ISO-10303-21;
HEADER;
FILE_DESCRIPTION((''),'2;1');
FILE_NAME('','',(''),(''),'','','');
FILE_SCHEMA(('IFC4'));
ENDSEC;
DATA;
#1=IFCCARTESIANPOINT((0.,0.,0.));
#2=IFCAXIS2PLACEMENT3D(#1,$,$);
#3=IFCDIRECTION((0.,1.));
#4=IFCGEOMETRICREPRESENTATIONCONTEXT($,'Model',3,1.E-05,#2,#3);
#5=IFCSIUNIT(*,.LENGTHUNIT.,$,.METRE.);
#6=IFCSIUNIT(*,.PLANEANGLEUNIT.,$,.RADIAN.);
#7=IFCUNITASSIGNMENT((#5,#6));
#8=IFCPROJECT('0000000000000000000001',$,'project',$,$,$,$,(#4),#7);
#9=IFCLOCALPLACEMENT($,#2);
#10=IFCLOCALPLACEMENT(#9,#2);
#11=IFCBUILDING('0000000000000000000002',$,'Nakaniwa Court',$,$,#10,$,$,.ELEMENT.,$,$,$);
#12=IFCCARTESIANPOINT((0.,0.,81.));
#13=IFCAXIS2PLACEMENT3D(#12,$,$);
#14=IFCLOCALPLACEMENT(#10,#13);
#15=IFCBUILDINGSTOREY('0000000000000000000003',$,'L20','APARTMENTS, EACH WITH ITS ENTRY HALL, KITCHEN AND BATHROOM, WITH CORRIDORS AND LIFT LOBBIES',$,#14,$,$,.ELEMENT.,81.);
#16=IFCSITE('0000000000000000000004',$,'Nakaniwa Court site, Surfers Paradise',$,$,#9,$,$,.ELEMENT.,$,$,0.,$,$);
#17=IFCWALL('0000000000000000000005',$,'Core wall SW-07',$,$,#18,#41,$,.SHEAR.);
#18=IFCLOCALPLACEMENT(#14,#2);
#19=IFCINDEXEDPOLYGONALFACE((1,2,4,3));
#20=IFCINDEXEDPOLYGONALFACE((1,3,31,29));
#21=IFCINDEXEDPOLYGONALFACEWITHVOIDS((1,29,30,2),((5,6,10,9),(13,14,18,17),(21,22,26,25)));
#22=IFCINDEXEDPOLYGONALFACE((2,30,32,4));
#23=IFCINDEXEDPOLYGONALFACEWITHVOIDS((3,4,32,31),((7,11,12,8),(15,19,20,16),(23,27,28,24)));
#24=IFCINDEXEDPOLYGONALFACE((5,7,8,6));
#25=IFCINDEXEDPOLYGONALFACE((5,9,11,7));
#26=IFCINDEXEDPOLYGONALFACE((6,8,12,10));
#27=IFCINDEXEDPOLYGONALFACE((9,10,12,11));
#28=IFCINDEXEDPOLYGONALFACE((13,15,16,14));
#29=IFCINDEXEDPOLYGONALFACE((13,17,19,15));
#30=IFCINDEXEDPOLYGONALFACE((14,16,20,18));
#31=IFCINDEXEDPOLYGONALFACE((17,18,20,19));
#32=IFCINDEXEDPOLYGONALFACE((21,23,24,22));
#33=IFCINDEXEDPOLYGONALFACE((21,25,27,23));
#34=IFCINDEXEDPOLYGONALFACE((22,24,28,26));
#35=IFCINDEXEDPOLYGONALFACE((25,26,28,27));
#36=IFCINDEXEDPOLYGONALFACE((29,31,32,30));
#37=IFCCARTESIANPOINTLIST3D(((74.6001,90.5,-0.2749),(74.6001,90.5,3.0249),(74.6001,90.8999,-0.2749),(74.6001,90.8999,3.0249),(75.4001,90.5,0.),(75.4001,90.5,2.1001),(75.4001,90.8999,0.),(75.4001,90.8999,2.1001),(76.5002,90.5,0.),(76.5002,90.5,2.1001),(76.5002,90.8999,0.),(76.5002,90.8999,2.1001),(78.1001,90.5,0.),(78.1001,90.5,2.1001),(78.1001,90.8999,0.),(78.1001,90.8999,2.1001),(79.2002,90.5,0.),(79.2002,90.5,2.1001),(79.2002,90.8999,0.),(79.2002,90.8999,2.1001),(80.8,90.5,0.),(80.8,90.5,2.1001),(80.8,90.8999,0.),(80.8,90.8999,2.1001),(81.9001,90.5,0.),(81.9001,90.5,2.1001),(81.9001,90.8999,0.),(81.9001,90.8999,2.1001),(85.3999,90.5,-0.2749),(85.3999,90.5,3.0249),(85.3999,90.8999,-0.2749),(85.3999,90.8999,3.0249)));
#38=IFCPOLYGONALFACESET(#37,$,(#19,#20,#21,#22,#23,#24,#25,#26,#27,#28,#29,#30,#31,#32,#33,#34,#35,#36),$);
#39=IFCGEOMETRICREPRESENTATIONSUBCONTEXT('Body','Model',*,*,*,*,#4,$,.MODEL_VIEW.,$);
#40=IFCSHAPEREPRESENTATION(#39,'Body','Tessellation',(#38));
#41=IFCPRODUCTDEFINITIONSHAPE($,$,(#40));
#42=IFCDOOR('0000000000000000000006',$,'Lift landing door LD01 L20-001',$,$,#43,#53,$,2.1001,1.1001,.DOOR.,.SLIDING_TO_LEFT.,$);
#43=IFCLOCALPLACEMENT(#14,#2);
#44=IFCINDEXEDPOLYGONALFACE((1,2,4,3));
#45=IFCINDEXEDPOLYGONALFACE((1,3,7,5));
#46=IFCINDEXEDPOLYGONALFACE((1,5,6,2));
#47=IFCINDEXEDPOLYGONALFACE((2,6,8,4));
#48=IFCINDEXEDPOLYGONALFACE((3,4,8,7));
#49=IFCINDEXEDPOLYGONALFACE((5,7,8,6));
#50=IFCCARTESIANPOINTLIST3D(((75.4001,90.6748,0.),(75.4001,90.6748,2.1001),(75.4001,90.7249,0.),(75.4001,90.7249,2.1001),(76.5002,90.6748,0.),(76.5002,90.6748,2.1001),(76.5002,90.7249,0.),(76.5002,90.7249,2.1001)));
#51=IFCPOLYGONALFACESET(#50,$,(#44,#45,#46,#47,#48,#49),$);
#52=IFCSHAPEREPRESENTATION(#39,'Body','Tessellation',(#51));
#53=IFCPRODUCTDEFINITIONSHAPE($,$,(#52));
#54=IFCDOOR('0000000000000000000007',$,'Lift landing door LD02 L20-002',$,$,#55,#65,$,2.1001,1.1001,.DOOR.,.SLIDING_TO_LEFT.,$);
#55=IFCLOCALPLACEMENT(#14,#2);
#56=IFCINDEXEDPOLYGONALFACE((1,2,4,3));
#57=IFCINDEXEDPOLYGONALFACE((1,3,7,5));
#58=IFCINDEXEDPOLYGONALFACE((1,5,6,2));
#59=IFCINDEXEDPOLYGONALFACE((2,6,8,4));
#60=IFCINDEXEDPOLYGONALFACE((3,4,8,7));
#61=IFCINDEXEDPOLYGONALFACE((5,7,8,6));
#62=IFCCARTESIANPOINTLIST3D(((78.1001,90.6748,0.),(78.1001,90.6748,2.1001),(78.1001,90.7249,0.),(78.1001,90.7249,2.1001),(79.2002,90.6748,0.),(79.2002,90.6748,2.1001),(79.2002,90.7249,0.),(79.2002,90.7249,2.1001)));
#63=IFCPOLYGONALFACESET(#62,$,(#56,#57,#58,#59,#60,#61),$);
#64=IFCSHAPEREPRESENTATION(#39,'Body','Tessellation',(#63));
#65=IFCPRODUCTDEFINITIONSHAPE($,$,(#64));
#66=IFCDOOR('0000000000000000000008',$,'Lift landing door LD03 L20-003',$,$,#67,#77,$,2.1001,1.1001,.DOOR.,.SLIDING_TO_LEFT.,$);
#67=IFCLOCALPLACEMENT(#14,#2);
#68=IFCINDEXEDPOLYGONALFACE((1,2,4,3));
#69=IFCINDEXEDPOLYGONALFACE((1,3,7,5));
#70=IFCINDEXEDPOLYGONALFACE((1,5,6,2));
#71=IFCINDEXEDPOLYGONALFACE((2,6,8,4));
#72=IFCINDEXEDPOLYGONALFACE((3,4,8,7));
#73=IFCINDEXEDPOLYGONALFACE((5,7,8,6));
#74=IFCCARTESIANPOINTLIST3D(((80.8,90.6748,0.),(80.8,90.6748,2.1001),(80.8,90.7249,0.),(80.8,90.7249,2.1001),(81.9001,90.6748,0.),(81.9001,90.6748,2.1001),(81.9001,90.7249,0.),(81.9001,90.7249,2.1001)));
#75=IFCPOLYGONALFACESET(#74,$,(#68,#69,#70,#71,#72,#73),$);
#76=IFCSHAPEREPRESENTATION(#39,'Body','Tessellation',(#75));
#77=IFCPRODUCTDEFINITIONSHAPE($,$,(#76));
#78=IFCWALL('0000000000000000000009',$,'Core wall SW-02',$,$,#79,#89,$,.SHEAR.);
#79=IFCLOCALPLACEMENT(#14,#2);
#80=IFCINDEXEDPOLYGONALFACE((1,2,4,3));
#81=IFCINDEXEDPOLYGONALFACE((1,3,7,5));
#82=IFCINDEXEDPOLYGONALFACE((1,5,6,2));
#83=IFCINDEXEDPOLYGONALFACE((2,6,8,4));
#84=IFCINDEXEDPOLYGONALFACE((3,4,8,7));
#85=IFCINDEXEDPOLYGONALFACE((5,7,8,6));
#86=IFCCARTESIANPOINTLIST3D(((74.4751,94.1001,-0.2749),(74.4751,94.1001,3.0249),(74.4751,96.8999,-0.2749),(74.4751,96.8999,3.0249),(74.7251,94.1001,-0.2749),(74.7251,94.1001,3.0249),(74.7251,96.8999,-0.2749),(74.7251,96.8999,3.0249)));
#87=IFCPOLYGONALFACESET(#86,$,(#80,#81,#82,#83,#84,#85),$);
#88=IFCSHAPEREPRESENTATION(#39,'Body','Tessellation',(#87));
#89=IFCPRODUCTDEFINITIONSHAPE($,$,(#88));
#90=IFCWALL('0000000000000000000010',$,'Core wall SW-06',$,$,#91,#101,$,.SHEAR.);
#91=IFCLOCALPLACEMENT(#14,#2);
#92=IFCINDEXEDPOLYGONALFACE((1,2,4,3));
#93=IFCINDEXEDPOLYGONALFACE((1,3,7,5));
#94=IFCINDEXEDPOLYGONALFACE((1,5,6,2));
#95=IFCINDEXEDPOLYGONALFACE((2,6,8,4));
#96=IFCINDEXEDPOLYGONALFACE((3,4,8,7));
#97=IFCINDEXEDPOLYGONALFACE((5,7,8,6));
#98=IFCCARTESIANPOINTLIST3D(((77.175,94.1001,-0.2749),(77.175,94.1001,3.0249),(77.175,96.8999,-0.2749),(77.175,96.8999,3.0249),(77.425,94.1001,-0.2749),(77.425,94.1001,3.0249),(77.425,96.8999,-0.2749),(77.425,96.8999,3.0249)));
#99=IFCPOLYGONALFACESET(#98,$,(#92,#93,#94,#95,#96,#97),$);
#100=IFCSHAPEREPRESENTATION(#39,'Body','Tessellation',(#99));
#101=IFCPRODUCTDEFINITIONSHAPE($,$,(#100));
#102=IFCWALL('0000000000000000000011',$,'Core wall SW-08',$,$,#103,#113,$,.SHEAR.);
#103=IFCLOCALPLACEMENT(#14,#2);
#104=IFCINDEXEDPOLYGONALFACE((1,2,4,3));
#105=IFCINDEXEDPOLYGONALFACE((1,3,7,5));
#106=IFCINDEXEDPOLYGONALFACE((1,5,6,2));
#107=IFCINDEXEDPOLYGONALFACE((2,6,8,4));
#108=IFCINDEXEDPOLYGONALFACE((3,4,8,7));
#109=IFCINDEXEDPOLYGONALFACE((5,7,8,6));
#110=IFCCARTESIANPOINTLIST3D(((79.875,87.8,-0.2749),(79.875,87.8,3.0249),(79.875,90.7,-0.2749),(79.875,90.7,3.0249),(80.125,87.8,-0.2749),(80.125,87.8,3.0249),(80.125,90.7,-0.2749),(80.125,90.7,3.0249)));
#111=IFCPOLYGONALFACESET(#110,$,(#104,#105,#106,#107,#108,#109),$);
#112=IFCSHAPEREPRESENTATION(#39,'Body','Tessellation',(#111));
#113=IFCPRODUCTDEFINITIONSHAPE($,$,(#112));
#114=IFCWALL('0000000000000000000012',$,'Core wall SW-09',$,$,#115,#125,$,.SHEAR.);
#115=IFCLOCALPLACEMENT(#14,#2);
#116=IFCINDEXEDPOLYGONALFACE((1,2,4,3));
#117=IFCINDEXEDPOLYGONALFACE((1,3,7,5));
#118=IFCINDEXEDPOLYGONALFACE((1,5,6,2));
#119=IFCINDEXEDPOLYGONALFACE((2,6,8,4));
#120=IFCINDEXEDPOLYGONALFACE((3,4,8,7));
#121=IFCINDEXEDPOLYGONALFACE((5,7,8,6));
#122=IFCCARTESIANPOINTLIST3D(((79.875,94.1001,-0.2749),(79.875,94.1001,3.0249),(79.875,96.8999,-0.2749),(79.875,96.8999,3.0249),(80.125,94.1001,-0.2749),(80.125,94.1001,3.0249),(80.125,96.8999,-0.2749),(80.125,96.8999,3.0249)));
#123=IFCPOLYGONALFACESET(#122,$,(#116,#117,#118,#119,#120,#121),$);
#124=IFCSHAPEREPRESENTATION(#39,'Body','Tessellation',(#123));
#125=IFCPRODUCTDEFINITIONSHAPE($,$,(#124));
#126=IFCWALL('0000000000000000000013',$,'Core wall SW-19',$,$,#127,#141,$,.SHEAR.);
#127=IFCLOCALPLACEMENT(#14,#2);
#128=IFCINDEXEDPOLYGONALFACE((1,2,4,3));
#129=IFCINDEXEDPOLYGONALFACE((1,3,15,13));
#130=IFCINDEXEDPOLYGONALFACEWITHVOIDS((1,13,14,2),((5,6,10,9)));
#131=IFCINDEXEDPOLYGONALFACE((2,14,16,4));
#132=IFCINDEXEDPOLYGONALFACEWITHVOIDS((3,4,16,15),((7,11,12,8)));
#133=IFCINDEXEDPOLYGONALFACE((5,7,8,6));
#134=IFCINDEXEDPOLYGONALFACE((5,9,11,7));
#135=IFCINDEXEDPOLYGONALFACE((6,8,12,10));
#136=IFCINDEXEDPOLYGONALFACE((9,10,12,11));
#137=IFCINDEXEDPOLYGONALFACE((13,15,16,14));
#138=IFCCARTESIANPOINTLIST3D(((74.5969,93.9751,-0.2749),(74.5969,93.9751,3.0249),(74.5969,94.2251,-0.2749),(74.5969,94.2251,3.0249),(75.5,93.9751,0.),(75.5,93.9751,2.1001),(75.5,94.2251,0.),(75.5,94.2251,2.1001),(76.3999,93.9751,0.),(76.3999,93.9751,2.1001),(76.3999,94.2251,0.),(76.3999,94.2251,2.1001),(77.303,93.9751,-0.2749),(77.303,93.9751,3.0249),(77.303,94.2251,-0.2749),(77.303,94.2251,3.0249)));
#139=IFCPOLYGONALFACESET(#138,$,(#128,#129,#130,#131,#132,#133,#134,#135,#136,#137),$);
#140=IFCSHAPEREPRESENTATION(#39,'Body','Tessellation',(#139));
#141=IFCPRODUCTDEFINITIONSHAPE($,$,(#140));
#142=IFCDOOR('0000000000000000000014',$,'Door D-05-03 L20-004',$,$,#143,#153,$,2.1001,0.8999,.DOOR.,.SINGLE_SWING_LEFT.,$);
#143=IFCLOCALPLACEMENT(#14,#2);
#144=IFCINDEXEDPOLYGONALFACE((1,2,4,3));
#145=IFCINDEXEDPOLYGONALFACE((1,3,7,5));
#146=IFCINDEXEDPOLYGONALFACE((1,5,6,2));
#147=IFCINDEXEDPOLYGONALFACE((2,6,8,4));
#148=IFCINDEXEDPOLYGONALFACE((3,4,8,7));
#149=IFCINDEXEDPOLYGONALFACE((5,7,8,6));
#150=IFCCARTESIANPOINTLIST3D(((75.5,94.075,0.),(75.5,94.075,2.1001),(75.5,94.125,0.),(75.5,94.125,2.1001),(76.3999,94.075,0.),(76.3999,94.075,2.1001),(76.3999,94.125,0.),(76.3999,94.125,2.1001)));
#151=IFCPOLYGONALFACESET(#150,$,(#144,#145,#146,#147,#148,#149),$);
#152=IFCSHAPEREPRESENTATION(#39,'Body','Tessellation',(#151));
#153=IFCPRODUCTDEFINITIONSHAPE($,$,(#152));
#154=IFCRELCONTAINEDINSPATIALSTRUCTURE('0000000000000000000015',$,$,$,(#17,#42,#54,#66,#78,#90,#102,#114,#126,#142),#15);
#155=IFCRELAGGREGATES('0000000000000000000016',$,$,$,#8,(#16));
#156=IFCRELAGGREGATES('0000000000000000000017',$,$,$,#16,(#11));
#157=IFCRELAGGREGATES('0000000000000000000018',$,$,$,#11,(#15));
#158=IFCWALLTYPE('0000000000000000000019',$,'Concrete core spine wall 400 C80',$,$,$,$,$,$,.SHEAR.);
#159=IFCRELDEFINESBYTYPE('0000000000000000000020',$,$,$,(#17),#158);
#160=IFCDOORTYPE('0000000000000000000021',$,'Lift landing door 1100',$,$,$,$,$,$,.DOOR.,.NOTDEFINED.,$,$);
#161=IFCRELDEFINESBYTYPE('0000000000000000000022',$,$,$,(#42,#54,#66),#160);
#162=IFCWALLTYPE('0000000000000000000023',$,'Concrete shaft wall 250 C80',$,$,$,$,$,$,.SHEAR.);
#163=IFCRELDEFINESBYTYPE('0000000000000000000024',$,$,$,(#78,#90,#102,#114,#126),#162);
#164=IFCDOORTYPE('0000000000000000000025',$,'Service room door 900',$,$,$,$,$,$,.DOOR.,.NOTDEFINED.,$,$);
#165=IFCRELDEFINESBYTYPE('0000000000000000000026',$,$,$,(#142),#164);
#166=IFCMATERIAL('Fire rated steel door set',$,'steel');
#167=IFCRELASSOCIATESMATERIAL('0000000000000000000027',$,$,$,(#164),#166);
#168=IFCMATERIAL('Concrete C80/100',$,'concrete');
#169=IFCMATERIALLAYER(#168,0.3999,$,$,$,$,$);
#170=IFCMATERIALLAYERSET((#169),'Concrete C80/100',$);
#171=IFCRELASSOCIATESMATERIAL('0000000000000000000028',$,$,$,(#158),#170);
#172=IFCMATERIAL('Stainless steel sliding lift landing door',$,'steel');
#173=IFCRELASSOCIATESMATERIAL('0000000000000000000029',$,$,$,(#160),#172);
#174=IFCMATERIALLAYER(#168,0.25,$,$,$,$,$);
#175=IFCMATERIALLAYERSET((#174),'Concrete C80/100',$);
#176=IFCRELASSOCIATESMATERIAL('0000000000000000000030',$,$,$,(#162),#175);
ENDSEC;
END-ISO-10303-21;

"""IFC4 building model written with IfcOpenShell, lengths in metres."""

from ifc_helpers import new_model, si_unit, direction, frame, frame_2d, origin, place, context, subcontext, project, spatial, rectangle, extrude, material, layer, layer_set, type_object, element, fill, save


model = new_model("IFC4")

# Units and contexts
model_context = context("Model", 3, precision=1e-05, world=origin(), true_north=direction((0.0, 1.0)))
body_context = subcontext(model_context, "Body", "Model", "MODEL_VIEW")
ifc_project = project(units=[si_unit("LENGTHUNIT", "METRE"), si_unit("PLANEANGLEUNIT", "RADIAN")], contexts=[model_context])

# Site, building, storey
site_placement = place(None, origin())
site = spatial("IfcSite", under=ifc_project, at=site_placement, Name="Nakaniwa Court site, Surfers Paradise", CompositionType="ELEMENT", RefElevation=0.0)
building_placement = place(site_placement, origin())
building = spatial("IfcBuilding", under=site, at=building_placement, Name="Nakaniwa Court", CompositionType="ELEMENT")
storey_placement = place(building_placement, frame((0.0, 0.0, 81.0)))
storey = spatial("IfcBuildingStorey", under=building, at=storey_placement, Name="L20", Description="APARTMENTS, EACH WITH ITS ENTRY HALL, KITCHEN AND BATHROOM, WITH CORRIDORS AND LIFT LOBBIES", CompositionType="ELEMENT", Elevation=81.0)

# Shared definitions
ifc_material_1 = material(Name="Fire rated steel door set", Category="steel")
door_type_1 = type_object("IfcDoorType", Name="Service room door 900", OperationType="NOTDEFINED", PredefinedType="DOOR", material=ifc_material_1)

# Wall, openings, doors
ifc_material_2 = material(Name="Concrete C80/100", Category="concrete")
ifc_layer_1 = layer(ifc_material_2, 0.3999)
ifc_layer_set_1 = layer_set([ifc_layer_1], Name="Concrete C80/100")
wall_type_1 = type_object("IfcWallType", Name="Concrete core spine wall 400 C80", PredefinedType="SHEAR", material=ifc_layer_set_1)
wall_1_placement = place(storey_placement, frame((74.6001, 90.7, -0.2749), z_axis=(0.0, 0.0, 1.0), x_axis=(1.0, 0.0, 0.0)))
wall_1 = element("IfcWall", 1, at=wall_1_placement, inside=storey, type_object=wall_type_1, Name="Core wall SW-07", PredefinedType="SHEAR", context=body_context, shape_type="SweptSolid", body=[
    extrude(rectangle(XDim=10.7998, YDim=0.3999, at=frame_2d((5.3999, 0.0))), origin(), (0.0, 0.0, 1.0), 3.2998),
])
opening_1_placement = place(wall_1_placement, frame((0.8, 0.0, 0.2749)))
opening_1 = element("IfcOpeningElement", 2, at=opening_1_placement, cuts=wall_1, PredefinedType="OPENING", context=body_context, shape_type="SweptSolid", body=[
    extrude(rectangle(XDim=1.1001, YDim=2.1001, at=frame_2d((0.55, 1.05))), frame((0.0, 0.21, 0.0), z_axis=(0.0, -1.0, 0.0), x_axis=(1.0, 0.0, 0.0)), (0.0, 0.0, 1.0), 0.4199),
])
opening_2_placement = place(wall_1_placement, frame((3.5, 0.0, 0.2749)))
opening_2 = element("IfcOpeningElement", 3, at=opening_2_placement, cuts=wall_1, PredefinedType="OPENING", context=body_context, shape_type="SweptSolid", body=[
    extrude(rectangle(XDim=1.1001, YDim=2.1001, at=frame_2d((0.55, 1.05))), frame((0.0, 0.21, 0.0), z_axis=(0.0, -1.0, 0.0), x_axis=(1.0, 0.0, 0.0)), (0.0, 0.0, 1.0), 0.4199),
])
opening_3_placement = place(wall_1_placement, frame((6.2, 0.0, 0.2749)))
opening_3 = element("IfcOpeningElement", 4, at=opening_3_placement, cuts=wall_1, PredefinedType="OPENING", context=body_context, shape_type="SweptSolid", body=[
    extrude(rectangle(XDim=1.1001, YDim=2.1001, at=frame_2d((0.55, 1.05))), frame((0.0, 0.21, 0.0), z_axis=(0.0, -1.0, 0.0), x_axis=(1.0, 0.0, 0.0)), (0.0, 0.0, 1.0), 0.4199),
])
ifc_material_3 = material(Name="Stainless steel sliding lift landing door", Category="steel")
door_type_2 = type_object("IfcDoorType", Name="Lift landing door 1100", OperationType="NOTDEFINED", PredefinedType="DOOR", material=ifc_material_3)
door_1_placement = place(opening_1_placement, origin())
door_1 = element("IfcDoor", 5, at=door_1_placement, inside=storey, type_object=door_type_2, Name="Lift landing door LD01 L20-001", OperationType="SLIDING_TO_LEFT", OverallHeight=2.1001, OverallWidth=1.1001, PredefinedType="DOOR", context=body_context, shape_type="SweptSolid", body=[
    extrude(rectangle(XDim=1.1001, YDim=2.1001, at=frame_2d((0.55, 1.05))), frame((0.0, 0.0249, 0.0), z_axis=(0.0, -1.0, 0.0), x_axis=(1.0, 0.0, 0.0)), (0.0, 0.0, 1.0), 0.05),
])
fill(opening_1, door_1)
door_2_placement = place(opening_2_placement, origin())
door_2 = element("IfcDoor", 6, at=door_2_placement, inside=storey, type_object=door_type_2, Name="Lift landing door LD02 L20-002", OperationType="SLIDING_TO_LEFT", OverallHeight=2.1001, OverallWidth=1.1001, PredefinedType="DOOR", context=body_context, shape_type="SweptSolid", body=[
    extrude(rectangle(XDim=1.1001, YDim=2.1001, at=frame_2d((0.55, 1.05))), frame((0.0, 0.0249, 0.0), z_axis=(0.0, -1.0, 0.0), x_axis=(1.0, 0.0, 0.0)), (0.0, 0.0, 1.0), 0.05),
])
fill(opening_2, door_2)
door_3_placement = place(opening_3_placement, origin())
door_3 = element("IfcDoor", 7, at=door_3_placement, inside=storey, type_object=door_type_2, Name="Lift landing door LD03 L20-003", OperationType="SLIDING_TO_LEFT", OverallHeight=2.1001, OverallWidth=1.1001, PredefinedType="DOOR", context=body_context, shape_type="SweptSolid", body=[
    extrude(rectangle(XDim=1.1001, YDim=2.1001, at=frame_2d((0.55, 1.05))), frame((0.0, 0.0249, 0.0), z_axis=(0.0, -1.0, 0.0), x_axis=(1.0, 0.0, 0.0)), (0.0, 0.0, 1.0), 0.05),
])
fill(opening_3, door_3)

# Walls
ifc_layer_2 = layer(ifc_material_2, 0.25)
ifc_layer_set_2 = layer_set([ifc_layer_2], Name="Concrete C80/100")
wall_type_2 = type_object("IfcWallType", Name="Concrete shaft wall 250 C80", PredefinedType="SHEAR", material=ifc_layer_set_2)
for number, where, z_axis, x_axis, name in (
    (8, (74.6001, 94.1001, -0.2749), (0.0, 0.0, 1.0), (0.0, 1.0, 0.0), "Core wall SW-02"),
    (9, (77.3, 94.1001, -0.2749), (0.0, 0.0, 1.0), (0.0, 1.0, 0.0), "Core wall SW-06"),
):
    element("IfcWall", number, at=place(storey_placement, frame(where, z_axis=z_axis, x_axis=x_axis)), inside=storey, type_object=wall_type_2, Name=name, PredefinedType="SHEAR", context=body_context, shape_type="SweptSolid", body=[
        extrude(rectangle(XDim=2.7998, YDim=0.25, at=frame_2d((1.3999, 0.0))), origin(), (0.0, 0.0, 1.0), 3.2998),
    ])
wall_2_placement = place(storey_placement, frame((80.0, 87.8, -0.2749), z_axis=(0.0, 0.0, 1.0), x_axis=(0.0, 1.0, 0.0)))
element("IfcWall", 10, at=wall_2_placement, inside=storey, type_object=wall_type_2, Name="Core wall SW-08", PredefinedType="SHEAR", context=body_context, shape_type="SweptSolid", body=[
    extrude(rectangle(XDim=2.8999, YDim=0.25, at=frame_2d((1.45, 0.0))), origin(), (0.0, 0.0, 1.0), 3.2998),
])
wall_3_placement = place(storey_placement, frame((80.0, 94.1001, -0.2749), z_axis=(0.0, 0.0, 1.0), x_axis=(0.0, 1.0, 0.0)))
element("IfcWall", 11, at=wall_3_placement, inside=storey, type_object=wall_type_2, Name="Core wall SW-09", PredefinedType="SHEAR", context=body_context, shape_type="SweptSolid", body=[
    extrude(rectangle(XDim=2.7998, YDim=0.25, at=frame_2d((1.3999, 0.0))), origin(), (0.0, 0.0, 1.0), 3.2998),
])

# Wall, opening, door
wall_4_placement = place(storey_placement, frame((74.5969, 94.1001, -0.2749), z_axis=(0.0, 0.0, 1.0), x_axis=(1.0, 0.0, 0.0)))
wall_4 = element("IfcWall", 12, at=wall_4_placement, inside=storey, type_object=wall_type_2, Name="Core wall SW-19", PredefinedType="SHEAR", context=body_context, shape_type="SweptSolid", body=[
    extrude(rectangle(XDim=2.7061, YDim=0.25, at=frame_2d((1.353, 0.0))), origin(), (0.0, 0.0, 1.0), 3.2998),
])
opening_4_placement = place(wall_4_placement, frame((0.9031, 0.0, 0.2749)))
opening_4 = element("IfcOpeningElement", 13, at=opening_4_placement, cuts=wall_4, PredefinedType="OPENING", context=body_context, shape_type="SweptSolid", body=[
    extrude(rectangle(XDim=0.8999, YDim=2.1001, at=frame_2d((0.45, 1.05))), frame((0.0, 0.135, 0.0), z_axis=(0.0, -1.0, 0.0), x_axis=(1.0, 0.0, 0.0)), (0.0, 0.0, 1.0), 0.27),
])
door_4_placement = place(opening_4_placement, origin())
door_4 = element("IfcDoor", 14, at=door_4_placement, inside=storey, type_object=door_type_1, Name="Door D-05-03 L20-004", OperationType="SINGLE_SWING_LEFT", OverallHeight=2.1001, OverallWidth=0.8999, PredefinedType="DOOR", context=body_context, shape_type="SweptSolid", body=[
    extrude(rectangle(XDim=0.8999, YDim=2.1001, at=frame_2d((0.45, 1.05))), frame((0.0, 0.0249, 0.0), z_axis=(0.0, -1.0, 0.0), x_axis=(1.0, 0.0, 0.0)), (0.0, 0.0, 1.0), 0.05),
])
fill(opening_4, door_4)

save(model, "model.ifc")
